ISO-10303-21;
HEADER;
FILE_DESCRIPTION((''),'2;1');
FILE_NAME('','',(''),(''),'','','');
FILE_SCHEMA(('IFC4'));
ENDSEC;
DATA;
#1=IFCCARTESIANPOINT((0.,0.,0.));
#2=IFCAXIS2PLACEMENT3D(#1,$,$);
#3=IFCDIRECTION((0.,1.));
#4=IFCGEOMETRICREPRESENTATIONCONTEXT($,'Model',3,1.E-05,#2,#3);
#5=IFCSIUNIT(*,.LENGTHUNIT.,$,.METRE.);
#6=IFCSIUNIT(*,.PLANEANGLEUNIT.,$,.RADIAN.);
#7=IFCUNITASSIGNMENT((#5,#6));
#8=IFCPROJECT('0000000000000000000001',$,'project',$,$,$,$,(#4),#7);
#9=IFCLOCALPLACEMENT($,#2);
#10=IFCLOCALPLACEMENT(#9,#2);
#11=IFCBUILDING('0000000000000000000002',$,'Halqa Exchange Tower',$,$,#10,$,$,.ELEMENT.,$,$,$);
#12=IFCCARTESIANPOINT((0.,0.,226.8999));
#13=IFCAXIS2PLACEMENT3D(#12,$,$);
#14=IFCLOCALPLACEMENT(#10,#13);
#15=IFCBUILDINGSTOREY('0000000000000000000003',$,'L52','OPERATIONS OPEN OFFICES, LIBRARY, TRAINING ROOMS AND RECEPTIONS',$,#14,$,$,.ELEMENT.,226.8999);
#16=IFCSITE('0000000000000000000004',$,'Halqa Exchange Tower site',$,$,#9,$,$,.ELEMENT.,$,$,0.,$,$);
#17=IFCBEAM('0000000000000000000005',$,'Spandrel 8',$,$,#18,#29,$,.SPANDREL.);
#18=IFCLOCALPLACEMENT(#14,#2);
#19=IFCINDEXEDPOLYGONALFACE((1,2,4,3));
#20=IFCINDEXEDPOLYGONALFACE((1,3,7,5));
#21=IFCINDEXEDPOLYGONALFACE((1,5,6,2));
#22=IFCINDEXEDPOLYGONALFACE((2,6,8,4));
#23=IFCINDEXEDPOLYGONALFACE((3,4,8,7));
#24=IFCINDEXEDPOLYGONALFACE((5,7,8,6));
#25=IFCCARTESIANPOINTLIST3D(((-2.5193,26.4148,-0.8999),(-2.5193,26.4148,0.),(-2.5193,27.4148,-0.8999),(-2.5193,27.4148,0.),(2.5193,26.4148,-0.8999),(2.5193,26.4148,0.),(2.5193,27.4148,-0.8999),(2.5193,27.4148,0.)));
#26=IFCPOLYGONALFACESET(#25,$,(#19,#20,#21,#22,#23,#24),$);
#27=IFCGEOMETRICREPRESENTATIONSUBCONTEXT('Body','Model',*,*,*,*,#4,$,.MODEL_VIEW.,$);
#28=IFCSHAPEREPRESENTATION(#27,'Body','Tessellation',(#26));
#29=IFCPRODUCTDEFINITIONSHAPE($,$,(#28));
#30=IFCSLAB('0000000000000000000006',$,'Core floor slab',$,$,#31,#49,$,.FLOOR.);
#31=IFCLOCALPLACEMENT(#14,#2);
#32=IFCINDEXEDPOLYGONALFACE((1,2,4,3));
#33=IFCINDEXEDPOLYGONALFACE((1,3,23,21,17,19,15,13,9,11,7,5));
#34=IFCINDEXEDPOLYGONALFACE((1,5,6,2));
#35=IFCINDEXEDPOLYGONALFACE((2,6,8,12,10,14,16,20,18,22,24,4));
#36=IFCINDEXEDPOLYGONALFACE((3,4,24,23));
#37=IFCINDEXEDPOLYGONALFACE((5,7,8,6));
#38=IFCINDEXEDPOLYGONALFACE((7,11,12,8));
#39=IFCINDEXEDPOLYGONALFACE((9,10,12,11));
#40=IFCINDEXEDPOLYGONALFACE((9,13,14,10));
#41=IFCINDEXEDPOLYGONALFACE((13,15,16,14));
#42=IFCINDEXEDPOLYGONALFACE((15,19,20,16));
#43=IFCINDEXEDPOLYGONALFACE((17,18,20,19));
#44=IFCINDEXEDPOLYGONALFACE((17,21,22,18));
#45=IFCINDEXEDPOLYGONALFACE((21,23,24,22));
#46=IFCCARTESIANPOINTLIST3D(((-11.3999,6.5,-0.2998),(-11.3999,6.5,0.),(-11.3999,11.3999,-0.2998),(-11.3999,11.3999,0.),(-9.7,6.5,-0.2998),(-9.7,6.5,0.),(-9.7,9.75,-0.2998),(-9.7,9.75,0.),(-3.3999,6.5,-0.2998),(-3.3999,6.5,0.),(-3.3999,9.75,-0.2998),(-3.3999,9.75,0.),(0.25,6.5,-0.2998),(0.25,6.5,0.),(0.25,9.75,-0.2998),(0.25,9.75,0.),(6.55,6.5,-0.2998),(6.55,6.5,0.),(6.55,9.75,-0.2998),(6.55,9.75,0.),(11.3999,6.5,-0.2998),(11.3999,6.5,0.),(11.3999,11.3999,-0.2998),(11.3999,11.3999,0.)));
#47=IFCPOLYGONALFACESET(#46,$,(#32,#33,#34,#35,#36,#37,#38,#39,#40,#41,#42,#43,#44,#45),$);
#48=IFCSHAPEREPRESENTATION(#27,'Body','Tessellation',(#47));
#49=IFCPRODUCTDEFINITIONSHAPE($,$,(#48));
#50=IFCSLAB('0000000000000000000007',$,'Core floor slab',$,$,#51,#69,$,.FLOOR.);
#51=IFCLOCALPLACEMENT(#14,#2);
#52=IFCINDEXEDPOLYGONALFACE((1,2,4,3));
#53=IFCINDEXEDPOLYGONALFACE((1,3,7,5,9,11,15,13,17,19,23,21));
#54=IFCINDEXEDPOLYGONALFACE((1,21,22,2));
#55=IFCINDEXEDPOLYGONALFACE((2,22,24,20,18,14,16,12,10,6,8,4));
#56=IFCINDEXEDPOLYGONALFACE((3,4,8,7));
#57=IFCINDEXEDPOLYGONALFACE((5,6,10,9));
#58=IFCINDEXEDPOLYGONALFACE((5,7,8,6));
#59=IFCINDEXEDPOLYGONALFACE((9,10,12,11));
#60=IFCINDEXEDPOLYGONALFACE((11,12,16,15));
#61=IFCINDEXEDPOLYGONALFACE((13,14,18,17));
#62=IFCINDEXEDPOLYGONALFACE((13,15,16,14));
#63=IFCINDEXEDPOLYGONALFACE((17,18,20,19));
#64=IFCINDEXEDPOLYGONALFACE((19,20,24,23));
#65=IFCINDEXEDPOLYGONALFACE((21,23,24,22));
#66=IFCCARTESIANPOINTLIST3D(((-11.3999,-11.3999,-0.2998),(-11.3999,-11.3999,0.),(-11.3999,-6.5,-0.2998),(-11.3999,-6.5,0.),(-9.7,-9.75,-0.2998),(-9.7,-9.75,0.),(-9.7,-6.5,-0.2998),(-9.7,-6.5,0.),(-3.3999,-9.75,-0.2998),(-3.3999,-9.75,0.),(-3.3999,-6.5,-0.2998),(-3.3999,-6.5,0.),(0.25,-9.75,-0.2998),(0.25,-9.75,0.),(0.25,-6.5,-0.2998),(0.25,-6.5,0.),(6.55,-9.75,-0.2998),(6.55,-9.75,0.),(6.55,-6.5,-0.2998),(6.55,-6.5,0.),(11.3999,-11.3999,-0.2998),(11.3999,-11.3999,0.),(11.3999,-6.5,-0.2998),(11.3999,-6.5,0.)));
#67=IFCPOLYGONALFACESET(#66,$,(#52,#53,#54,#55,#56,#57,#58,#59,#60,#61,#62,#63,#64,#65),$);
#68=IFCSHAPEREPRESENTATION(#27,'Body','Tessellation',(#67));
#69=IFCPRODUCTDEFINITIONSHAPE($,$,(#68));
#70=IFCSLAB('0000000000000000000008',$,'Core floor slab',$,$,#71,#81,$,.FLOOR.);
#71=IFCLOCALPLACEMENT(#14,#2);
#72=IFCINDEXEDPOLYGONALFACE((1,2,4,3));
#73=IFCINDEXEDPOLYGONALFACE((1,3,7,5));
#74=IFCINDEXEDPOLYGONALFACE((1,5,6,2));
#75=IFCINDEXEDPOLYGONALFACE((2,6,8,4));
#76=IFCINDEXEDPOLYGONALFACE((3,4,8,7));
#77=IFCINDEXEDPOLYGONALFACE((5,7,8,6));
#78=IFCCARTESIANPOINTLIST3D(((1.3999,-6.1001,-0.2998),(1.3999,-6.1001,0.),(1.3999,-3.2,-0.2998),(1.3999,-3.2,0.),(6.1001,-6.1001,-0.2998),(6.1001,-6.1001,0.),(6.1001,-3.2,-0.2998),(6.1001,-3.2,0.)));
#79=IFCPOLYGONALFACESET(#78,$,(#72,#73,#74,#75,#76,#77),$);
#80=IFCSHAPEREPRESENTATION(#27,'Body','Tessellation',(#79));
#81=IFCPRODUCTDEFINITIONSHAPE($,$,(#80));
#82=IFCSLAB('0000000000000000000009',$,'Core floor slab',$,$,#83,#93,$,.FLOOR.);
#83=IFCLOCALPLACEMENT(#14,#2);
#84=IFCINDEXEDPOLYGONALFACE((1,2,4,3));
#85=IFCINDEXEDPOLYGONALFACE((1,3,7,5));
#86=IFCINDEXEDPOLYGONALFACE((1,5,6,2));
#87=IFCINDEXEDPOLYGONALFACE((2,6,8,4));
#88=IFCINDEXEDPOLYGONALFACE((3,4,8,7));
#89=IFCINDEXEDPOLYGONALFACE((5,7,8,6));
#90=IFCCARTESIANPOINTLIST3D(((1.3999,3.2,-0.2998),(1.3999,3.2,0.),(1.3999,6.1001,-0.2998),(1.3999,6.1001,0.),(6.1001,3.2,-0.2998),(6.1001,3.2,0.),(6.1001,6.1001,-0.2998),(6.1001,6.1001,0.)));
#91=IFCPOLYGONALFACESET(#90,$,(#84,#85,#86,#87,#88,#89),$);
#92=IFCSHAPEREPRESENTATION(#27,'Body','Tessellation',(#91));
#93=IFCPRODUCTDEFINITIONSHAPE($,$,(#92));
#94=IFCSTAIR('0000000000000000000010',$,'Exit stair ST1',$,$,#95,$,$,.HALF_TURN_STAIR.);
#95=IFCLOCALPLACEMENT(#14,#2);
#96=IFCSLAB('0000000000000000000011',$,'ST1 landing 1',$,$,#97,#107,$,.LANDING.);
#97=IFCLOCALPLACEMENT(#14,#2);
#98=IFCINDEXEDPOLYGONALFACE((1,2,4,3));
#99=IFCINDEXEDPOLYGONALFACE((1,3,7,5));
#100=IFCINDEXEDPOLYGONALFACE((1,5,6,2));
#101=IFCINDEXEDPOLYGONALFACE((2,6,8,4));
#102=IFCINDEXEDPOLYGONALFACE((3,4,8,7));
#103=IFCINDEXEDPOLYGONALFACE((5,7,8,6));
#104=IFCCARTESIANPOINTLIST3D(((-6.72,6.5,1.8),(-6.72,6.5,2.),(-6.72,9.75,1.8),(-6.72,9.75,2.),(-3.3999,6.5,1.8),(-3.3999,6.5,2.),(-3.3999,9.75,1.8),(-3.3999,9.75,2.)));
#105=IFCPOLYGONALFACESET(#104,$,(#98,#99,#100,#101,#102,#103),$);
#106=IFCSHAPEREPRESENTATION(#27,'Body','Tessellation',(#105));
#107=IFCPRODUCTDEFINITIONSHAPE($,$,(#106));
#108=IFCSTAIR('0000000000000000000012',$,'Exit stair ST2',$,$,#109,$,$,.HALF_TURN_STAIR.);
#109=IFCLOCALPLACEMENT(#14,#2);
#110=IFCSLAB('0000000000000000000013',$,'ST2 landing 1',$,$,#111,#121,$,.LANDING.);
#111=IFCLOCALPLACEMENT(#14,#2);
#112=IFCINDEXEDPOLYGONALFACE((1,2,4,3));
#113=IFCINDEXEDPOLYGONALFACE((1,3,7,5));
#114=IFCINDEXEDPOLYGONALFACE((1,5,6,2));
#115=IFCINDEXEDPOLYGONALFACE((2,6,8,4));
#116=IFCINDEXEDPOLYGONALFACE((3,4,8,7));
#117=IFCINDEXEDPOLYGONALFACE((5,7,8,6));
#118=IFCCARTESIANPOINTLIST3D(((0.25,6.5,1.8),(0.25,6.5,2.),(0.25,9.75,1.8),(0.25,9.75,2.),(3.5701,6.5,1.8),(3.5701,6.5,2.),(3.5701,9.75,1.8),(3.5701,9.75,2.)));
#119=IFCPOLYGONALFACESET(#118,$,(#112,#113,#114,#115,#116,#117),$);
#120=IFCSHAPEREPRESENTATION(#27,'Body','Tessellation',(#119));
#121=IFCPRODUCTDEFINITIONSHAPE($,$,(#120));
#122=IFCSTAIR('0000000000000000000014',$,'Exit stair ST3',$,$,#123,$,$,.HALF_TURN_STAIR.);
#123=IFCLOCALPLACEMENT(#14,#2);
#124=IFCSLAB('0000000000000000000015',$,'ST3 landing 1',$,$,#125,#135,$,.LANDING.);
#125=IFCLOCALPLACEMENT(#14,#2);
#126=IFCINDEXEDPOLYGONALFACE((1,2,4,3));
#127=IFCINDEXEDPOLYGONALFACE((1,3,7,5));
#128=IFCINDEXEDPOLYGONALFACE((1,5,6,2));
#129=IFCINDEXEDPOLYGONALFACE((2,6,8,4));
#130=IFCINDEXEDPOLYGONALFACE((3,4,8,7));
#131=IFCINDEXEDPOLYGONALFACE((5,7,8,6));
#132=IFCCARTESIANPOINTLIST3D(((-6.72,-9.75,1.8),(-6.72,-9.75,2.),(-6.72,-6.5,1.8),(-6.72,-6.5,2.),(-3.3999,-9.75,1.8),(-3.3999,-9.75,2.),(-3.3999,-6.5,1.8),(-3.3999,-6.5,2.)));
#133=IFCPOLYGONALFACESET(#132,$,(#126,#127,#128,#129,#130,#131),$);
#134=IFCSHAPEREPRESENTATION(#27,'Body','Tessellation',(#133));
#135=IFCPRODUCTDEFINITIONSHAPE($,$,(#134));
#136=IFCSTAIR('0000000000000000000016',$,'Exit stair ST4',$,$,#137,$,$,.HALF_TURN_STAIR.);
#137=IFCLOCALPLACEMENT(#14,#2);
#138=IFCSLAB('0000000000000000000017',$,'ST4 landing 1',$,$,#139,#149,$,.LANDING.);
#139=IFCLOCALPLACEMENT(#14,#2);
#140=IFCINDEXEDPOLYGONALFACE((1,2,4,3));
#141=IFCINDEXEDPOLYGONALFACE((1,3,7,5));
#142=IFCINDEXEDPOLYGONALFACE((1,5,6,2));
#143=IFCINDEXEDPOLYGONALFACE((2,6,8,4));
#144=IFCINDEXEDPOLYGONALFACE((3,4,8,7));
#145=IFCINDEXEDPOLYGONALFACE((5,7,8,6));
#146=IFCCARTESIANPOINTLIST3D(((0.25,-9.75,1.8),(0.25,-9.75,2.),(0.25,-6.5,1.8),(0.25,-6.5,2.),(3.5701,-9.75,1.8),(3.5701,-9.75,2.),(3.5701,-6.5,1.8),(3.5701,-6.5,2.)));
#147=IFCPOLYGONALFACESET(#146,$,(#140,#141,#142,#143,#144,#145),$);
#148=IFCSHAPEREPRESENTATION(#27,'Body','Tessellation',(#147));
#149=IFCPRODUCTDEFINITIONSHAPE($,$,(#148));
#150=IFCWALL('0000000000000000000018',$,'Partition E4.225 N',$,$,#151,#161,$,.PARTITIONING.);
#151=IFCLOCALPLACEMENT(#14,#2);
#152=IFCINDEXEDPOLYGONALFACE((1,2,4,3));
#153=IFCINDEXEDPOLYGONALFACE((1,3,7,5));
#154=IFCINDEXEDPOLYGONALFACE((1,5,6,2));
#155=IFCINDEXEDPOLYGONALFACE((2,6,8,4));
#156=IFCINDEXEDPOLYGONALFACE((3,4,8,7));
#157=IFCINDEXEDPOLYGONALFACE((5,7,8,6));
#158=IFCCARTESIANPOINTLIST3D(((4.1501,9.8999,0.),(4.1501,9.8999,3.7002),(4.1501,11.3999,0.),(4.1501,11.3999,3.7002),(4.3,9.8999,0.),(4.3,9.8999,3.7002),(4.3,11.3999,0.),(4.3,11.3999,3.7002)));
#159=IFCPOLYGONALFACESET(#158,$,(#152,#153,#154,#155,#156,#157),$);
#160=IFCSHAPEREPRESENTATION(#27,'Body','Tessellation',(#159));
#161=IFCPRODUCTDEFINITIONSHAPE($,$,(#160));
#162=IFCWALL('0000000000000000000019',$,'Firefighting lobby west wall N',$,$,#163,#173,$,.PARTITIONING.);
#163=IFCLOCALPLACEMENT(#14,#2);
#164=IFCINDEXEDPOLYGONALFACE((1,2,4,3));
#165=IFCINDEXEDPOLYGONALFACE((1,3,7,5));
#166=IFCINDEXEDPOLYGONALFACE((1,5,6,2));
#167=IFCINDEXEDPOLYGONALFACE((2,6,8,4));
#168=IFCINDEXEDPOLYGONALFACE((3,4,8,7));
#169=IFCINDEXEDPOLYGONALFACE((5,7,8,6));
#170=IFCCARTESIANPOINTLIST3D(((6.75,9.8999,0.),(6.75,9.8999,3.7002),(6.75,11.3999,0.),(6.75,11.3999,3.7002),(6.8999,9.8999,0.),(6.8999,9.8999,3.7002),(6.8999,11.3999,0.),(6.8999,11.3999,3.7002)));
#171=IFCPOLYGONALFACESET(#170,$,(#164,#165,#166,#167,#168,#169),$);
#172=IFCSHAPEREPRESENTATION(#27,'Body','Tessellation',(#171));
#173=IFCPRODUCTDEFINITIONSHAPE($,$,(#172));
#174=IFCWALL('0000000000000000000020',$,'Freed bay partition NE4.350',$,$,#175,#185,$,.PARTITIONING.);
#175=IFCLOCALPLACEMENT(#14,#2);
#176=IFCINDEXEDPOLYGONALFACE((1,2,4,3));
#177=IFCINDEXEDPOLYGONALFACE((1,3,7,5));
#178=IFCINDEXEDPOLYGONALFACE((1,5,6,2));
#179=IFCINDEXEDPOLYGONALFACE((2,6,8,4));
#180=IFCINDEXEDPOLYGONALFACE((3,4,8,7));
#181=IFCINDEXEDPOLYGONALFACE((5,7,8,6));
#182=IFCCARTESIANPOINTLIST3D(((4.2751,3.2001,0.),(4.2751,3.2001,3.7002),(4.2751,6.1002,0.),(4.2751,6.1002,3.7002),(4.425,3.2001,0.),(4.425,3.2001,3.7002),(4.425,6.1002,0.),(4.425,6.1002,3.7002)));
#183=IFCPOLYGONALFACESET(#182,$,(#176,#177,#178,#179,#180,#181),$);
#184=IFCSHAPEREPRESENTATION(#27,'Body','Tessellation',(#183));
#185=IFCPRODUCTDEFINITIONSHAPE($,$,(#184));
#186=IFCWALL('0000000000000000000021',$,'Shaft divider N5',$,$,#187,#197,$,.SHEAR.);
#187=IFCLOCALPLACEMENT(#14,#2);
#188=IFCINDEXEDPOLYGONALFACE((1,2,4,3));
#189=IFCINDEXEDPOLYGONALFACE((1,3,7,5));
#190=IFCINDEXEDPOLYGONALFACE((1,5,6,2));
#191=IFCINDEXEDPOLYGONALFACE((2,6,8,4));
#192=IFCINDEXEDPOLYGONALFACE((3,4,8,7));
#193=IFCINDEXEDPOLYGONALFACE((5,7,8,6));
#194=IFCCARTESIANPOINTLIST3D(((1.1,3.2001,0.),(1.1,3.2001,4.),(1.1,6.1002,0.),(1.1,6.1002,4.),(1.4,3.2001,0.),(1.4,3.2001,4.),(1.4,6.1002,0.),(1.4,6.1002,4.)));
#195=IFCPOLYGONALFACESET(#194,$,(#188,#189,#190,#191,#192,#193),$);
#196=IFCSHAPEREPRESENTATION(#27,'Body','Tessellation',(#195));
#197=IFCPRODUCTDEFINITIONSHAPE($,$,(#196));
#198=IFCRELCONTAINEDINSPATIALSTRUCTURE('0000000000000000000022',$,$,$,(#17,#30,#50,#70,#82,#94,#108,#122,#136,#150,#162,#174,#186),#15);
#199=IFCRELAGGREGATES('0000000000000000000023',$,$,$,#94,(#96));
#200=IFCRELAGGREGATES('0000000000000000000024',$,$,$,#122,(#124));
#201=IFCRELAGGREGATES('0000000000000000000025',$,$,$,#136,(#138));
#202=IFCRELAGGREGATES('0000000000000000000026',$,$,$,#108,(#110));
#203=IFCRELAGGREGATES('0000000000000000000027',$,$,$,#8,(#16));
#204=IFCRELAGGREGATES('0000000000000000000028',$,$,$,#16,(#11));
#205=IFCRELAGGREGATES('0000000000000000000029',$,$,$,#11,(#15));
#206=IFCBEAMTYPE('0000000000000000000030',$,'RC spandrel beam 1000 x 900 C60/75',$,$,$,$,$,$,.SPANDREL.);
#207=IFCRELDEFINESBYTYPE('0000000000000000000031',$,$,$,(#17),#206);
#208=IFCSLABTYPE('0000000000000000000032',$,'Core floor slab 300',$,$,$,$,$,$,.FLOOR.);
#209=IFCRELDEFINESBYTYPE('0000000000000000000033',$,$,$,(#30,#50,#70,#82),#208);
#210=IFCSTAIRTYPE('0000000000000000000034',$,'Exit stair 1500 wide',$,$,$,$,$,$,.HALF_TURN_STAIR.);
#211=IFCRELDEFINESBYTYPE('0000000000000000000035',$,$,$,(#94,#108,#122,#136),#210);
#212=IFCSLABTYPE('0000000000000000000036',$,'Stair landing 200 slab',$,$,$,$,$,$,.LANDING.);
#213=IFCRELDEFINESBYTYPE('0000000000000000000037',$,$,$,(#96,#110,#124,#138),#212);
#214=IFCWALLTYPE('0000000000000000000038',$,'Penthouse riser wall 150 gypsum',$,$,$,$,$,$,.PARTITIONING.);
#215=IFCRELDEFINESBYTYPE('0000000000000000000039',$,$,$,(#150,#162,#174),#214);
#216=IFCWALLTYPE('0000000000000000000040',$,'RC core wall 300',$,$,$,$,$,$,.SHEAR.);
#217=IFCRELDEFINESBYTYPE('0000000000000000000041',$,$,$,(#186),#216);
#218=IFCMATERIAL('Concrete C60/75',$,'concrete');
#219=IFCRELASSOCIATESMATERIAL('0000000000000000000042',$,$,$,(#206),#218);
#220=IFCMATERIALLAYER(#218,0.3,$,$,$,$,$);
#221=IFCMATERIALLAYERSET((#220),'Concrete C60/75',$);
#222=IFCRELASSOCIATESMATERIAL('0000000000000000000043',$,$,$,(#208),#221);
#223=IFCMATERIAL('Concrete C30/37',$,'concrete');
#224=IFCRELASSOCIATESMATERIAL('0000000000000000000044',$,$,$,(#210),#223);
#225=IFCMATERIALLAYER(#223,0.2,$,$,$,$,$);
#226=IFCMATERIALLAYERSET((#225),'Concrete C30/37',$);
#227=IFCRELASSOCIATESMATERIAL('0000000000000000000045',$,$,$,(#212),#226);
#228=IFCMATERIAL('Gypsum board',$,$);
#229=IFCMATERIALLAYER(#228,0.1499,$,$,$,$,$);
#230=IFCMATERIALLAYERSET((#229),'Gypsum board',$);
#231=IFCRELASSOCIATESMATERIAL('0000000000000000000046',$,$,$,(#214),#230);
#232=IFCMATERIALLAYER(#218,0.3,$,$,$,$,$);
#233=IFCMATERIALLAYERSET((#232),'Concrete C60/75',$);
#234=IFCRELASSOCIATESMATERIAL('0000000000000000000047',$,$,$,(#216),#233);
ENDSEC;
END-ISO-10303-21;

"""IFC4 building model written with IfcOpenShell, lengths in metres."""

from ifc_helpers import new_model, si_unit, direction, frame, frame_2d, origin, origin_2d, place, context, subcontext, project, spatial, polyline, rectangle, outline, extrude, material, layer, layer_set, material_profile, profile_set, type_object, element, aggregate, save


model = new_model("IFC4")

# Units and contexts
model_context = context("Model", 3, precision=1e-05, world=origin(), true_north=direction((0.0, 1.0)))
body_context = subcontext(model_context, "Body", "Model", "MODEL_VIEW")
ifc_project = project(units=[si_unit("LENGTHUNIT", "METRE"), si_unit("PLANEANGLEUNIT", "RADIAN")], contexts=[model_context])

# Site, building, storey
site_placement = place(None, origin())
site = spatial("IfcSite", under=ifc_project, at=site_placement, Name="Halqa Exchange Tower site", CompositionType="ELEMENT", RefElevation=0.0)
building_placement = place(site_placement, origin())
building = spatial("IfcBuilding", under=site, at=building_placement, Name="Halqa Exchange Tower", CompositionType="ELEMENT")
storey_placement = place(building_placement, frame((0.0, 0.0, 226.8999)))
storey = spatial("IfcBuildingStorey", under=building, at=storey_placement, Name="L52", Description="OPERATIONS OPEN OFFICES, LIBRARY, TRAINING ROOMS AND RECEPTIONS", CompositionType="ELEMENT", Elevation=226.8999)

# Shared definitions
ifc_material_1 = material(Name="Concrete C60/75", Category="concrete")

# Beam
ifc_material_profile_1 = material_profile(ifc_material_1, rectangle(XDim=1.0, YDim=0.8999, at=origin_2d()), Name="1000 x 900")
ifc_profile_set_1 = profile_set([ifc_material_profile_1], Name="Concrete C60/75")
beam_type_1 = type_object("IfcBeamType", Name="RC spandrel beam 1000 x 900 C60/75", PredefinedType="SPANDREL", material=ifc_profile_set_1)
beam_1_placement = place(storey_placement, frame((2.5193, 26.9148, -0.45), z_axis=(-1.0, 0.0, 0.0), x_axis=(0.0, -1.0, 0.0)))
element("IfcBeam", 1, at=beam_1_placement, inside=storey, type_object=beam_type_1, Name="Spandrel 8", PredefinedType="SPANDREL", context=body_context, shape_type="SweptSolid", body=[
    extrude(rectangle(XDim=1.0, YDim=0.8999, at=origin_2d()), origin(), (0.0, 0.0, 1.0), 5.0386),
])

# Slabs
ifc_layer_1 = layer(ifc_material_1, 0.3)
ifc_layer_set_1 = layer_set([ifc_layer_1], Name="Concrete C60/75")
slab_type_1 = type_object("IfcSlabType", Name="Core floor slab 300", PredefinedType="FLOOR", material=ifc_layer_set_1)
slab_1_placement = place(storey_placement, frame((0.0, 0.0, -0.2998)))
element("IfcSlab", 2, at=slab_1_placement, inside=storey, type_object=slab_type_1, Name="Core floor slab", PredefinedType="FLOOR", context=body_context, shape_type="SweptSolid", body=[
    extrude(outline(polyline([(-11.3999, 11.3999), (11.3999, 11.3999), (11.3999, 6.5), (6.55, 6.5), (6.55, 9.75), (0.25, 9.75), (0.25, 6.5), (-3.3999, 6.5), (-3.3999, 9.75), (-9.7, 9.75), (-9.7, 6.5), (-11.3999, 6.5), (-11.3999, 11.3999)])), origin(), (0.0, 0.0, 1.0), 0.2998),
])
slab_2_placement = place(storey_placement, frame((0.0, 0.0, -0.2998)))
element("IfcSlab", 3, at=slab_2_placement, inside=storey, type_object=slab_type_1, Name="Core floor slab", PredefinedType="FLOOR", context=body_context, shape_type="SweptSolid", body=[
    extrude(outline(polyline([(-9.7, -9.75), (-3.3999, -9.75), (-3.3999, -6.5), (0.25, -6.5), (0.25, -9.75), (6.55, -9.75), (6.55, -6.5), (11.3999, -6.5), (11.3999, -11.3999), (-11.3999, -11.3999), (-11.3999, -6.5), (-9.7, -6.5), (-9.7, -9.75)])), origin(), (0.0, 0.0, 1.0), 0.2998),
])
slab_3_placement = place(storey_placement, frame((0.0, 0.0, -0.2998)))
element("IfcSlab", 4, at=slab_3_placement, inside=storey, type_object=slab_type_1, Name="Core floor slab", PredefinedType="FLOOR", context=body_context, shape_type="SweptSolid", body=[
    extrude(outline(polyline([(6.1001, -3.2), (6.1001, -6.1001), (1.3999, -6.1001), (1.3999, -3.2), (6.1001, -3.2)])), origin(), (0.0, 0.0, 1.0), 0.2998),
])
slab_4_placement = place(storey_placement, frame((0.0, 0.0, -0.2998)))
element("IfcSlab", 5, at=slab_4_placement, inside=storey, type_object=slab_type_1, Name="Core floor slab", PredefinedType="FLOOR", context=body_context, shape_type="SweptSolid", body=[
    extrude(outline(polyline([(6.1001, 6.1001), (6.1001, 3.2), (1.3999, 3.2), (1.3999, 6.1001), (6.1001, 6.1001)])), origin(), (0.0, 0.0, 1.0), 0.2998),
])

# Stairs, slabs
ifc_material_2 = material(Name="Concrete C30/37", Category="concrete")
stair_type = type_object("IfcStairType", Name="Exit stair 1500 wide", PredefinedType="HALF_TURN_STAIR", material=ifc_material_2)
stair_1_placement = place(storey_placement, origin())
stair_1 = element("IfcStair", 6, at=stair_1_placement, inside=storey, type_object=stair_type, Name="Exit stair ST1", PredefinedType="HALF_TURN_STAIR")
ifc_layer_2 = layer(ifc_material_2, 0.2)
ifc_layer_set_2 = layer_set([ifc_layer_2], Name="Concrete C30/37")
slab_type_2 = type_object("IfcSlabType", Name="Stair landing 200 slab", PredefinedType="LANDING", material=ifc_layer_set_2)
slab_5_placement = place(storey_placement, frame((0.0, 0.0, 1.8)))
slab_5 = element("IfcSlab", 7, at=slab_5_placement, type_object=slab_type_2, Name="ST1 landing 1", PredefinedType="LANDING", context=body_context, shape_type="SweptSolid", body=[
    extrude(outline(polyline([(-6.72, 6.5), (-3.3999, 6.5), (-3.3999, 9.75), (-6.72, 9.75), (-6.72, 6.5)])), origin(), (0.0, 0.0, 1.0), 0.2),
])
aggregate(stair_1, [slab_5])
stair_2_placement = place(storey_placement, origin())
stair_2 = element("IfcStair", 8, at=stair_2_placement, inside=storey, type_object=stair_type, Name="Exit stair ST2", PredefinedType="HALF_TURN_STAIR")
slab_6_placement = place(storey_placement, frame((0.0, 0.0, 1.8)))
slab_6 = element("IfcSlab", 9, at=slab_6_placement, type_object=slab_type_2, Name="ST2 landing 1", PredefinedType="LANDING", context=body_context, shape_type="SweptSolid", body=[
    extrude(outline(polyline([(0.25, 6.5), (3.5701, 6.5), (3.5701, 9.75), (0.25, 9.75), (0.25, 6.5)])), origin(), (0.0, 0.0, 1.0), 0.2),
])
stair_3_placement = place(storey_placement, origin())
stair_3 = element("IfcStair", 10, at=stair_3_placement, inside=storey, type_object=stair_type, Name="Exit stair ST3", PredefinedType="HALF_TURN_STAIR")
slab_7_placement = place(storey_placement, frame((0.0, 0.0, 1.8)))
slab_7 = element("IfcSlab", 11, at=slab_7_placement, type_object=slab_type_2, Name="ST3 landing 1", PredefinedType="LANDING", context=body_context, shape_type="SweptSolid", body=[
    extrude(outline(polyline([(-6.72, -9.75), (-3.3999, -9.75), (-3.3999, -6.5), (-6.72, -6.5), (-6.72, -9.75)])), origin(), (0.0, 0.0, 1.0), 0.2),
])
aggregate(stair_3, [slab_7])
stair_4_placement = place(storey_placement, origin())
stair_4 = element("IfcStair", 12, at=stair_4_placement, inside=storey, type_object=stair_type, Name="Exit stair ST4", PredefinedType="HALF_TURN_STAIR")
slab_8_placement = place(storey_placement, frame((0.0, 0.0, 1.8)))
slab_8 = element("IfcSlab", 13, at=slab_8_placement, type_object=slab_type_2, Name="ST4 landing 1", PredefinedType="LANDING", context=body_context, shape_type="SweptSolid", body=[
    extrude(outline(polyline([(0.25, -9.75), (3.5701, -9.75), (3.5701, -6.5), (0.25, -6.5), (0.25, -9.75)])), origin(), (0.0, 0.0, 1.0), 0.2),
])
aggregate(stair_4, [slab_8])

# Walls
ifc_material_3 = material(Name="Gypsum board")
ifc_layer_3 = layer(ifc_material_3, 0.1499)
ifc_layer_set_3 = layer_set([ifc_layer_3], Name="Gypsum board")
wall_type_1 = type_object("IfcWallType", Name="Penthouse riser wall 150 gypsum", PredefinedType="PARTITIONING", material=ifc_layer_set_3)
for number, where, z_axis, x_axis, name in (
    (14, (4.2251, 9.8999, 0.0), (0.0, 0.0, 1.0), (0.0, 1.0, 0.0), "Partition E4.225 N"),
    (15, (6.825, 9.8999, 0.0), (0.0, 0.0, 1.0), (0.0, 1.0, 0.0), "Firefighting lobby west wall N"),
):
    element("IfcWall", number, at=place(storey_placement, frame(where, z_axis=z_axis, x_axis=x_axis)), inside=storey, type_object=wall_type_1, Name=name, PredefinedType="PARTITIONING", context=body_context, shape_type="SweptSolid", body=[
        extrude(rectangle(XDim=1.5, YDim=0.1499, at=frame_2d((0.75, 0.0))), origin(), (0.0, 0.0, 1.0), 3.7002),
    ])
wall_1_placement = place(storey_placement, frame((4.3501, 3.2, 0.0), z_axis=(0.0, 0.0, 1.0), x_axis=(0.0, 1.0, 0.0)))
element("IfcWall", 16, at=wall_1_placement, inside=storey, type_object=wall_type_1, Name="Freed bay partition NE4.350", PredefinedType="PARTITIONING", context=body_context, shape_type="SweptSolid", body=[
    extrude(rectangle(XDim=2.9001, YDim=0.1499, at=frame_2d((1.4502, 0.0))), origin(), (0.0, 0.0, 1.0), 3.7002),
])
ifc_layer_4 = layer(ifc_material_1, 0.3)
ifc_layer_set_4 = layer_set([ifc_layer_4], Name="Concrete C60/75")
wall_type_2 = type_object("IfcWallType", Name="RC core wall 300", PredefinedType="SHEAR", material=ifc_layer_set_4)
for number, where, z_axis, x_axis, name in (
    (17, (1.25, 3.2, 0.0), (0.0, 0.0, 1.0), (0.0, 1.0, 0.0), "Shaft divider N5"),
):
    element("IfcWall", number, at=place(storey_placement, frame(where, z_axis=z_axis, x_axis=x_axis)), inside=storey, type_object=wall_type_2, Name=name, PredefinedType="SHEAR", context=body_context, shape_type="SweptSolid", body=[
        extrude(rectangle(XDim=2.9001, YDim=0.3, at=frame_2d((1.4502, 0.0))), origin(), (0.0, 0.0, 1.0), 4.0),
    ])

aggregate(stair_2, [slab_6])

save(model, "model.ifc")
